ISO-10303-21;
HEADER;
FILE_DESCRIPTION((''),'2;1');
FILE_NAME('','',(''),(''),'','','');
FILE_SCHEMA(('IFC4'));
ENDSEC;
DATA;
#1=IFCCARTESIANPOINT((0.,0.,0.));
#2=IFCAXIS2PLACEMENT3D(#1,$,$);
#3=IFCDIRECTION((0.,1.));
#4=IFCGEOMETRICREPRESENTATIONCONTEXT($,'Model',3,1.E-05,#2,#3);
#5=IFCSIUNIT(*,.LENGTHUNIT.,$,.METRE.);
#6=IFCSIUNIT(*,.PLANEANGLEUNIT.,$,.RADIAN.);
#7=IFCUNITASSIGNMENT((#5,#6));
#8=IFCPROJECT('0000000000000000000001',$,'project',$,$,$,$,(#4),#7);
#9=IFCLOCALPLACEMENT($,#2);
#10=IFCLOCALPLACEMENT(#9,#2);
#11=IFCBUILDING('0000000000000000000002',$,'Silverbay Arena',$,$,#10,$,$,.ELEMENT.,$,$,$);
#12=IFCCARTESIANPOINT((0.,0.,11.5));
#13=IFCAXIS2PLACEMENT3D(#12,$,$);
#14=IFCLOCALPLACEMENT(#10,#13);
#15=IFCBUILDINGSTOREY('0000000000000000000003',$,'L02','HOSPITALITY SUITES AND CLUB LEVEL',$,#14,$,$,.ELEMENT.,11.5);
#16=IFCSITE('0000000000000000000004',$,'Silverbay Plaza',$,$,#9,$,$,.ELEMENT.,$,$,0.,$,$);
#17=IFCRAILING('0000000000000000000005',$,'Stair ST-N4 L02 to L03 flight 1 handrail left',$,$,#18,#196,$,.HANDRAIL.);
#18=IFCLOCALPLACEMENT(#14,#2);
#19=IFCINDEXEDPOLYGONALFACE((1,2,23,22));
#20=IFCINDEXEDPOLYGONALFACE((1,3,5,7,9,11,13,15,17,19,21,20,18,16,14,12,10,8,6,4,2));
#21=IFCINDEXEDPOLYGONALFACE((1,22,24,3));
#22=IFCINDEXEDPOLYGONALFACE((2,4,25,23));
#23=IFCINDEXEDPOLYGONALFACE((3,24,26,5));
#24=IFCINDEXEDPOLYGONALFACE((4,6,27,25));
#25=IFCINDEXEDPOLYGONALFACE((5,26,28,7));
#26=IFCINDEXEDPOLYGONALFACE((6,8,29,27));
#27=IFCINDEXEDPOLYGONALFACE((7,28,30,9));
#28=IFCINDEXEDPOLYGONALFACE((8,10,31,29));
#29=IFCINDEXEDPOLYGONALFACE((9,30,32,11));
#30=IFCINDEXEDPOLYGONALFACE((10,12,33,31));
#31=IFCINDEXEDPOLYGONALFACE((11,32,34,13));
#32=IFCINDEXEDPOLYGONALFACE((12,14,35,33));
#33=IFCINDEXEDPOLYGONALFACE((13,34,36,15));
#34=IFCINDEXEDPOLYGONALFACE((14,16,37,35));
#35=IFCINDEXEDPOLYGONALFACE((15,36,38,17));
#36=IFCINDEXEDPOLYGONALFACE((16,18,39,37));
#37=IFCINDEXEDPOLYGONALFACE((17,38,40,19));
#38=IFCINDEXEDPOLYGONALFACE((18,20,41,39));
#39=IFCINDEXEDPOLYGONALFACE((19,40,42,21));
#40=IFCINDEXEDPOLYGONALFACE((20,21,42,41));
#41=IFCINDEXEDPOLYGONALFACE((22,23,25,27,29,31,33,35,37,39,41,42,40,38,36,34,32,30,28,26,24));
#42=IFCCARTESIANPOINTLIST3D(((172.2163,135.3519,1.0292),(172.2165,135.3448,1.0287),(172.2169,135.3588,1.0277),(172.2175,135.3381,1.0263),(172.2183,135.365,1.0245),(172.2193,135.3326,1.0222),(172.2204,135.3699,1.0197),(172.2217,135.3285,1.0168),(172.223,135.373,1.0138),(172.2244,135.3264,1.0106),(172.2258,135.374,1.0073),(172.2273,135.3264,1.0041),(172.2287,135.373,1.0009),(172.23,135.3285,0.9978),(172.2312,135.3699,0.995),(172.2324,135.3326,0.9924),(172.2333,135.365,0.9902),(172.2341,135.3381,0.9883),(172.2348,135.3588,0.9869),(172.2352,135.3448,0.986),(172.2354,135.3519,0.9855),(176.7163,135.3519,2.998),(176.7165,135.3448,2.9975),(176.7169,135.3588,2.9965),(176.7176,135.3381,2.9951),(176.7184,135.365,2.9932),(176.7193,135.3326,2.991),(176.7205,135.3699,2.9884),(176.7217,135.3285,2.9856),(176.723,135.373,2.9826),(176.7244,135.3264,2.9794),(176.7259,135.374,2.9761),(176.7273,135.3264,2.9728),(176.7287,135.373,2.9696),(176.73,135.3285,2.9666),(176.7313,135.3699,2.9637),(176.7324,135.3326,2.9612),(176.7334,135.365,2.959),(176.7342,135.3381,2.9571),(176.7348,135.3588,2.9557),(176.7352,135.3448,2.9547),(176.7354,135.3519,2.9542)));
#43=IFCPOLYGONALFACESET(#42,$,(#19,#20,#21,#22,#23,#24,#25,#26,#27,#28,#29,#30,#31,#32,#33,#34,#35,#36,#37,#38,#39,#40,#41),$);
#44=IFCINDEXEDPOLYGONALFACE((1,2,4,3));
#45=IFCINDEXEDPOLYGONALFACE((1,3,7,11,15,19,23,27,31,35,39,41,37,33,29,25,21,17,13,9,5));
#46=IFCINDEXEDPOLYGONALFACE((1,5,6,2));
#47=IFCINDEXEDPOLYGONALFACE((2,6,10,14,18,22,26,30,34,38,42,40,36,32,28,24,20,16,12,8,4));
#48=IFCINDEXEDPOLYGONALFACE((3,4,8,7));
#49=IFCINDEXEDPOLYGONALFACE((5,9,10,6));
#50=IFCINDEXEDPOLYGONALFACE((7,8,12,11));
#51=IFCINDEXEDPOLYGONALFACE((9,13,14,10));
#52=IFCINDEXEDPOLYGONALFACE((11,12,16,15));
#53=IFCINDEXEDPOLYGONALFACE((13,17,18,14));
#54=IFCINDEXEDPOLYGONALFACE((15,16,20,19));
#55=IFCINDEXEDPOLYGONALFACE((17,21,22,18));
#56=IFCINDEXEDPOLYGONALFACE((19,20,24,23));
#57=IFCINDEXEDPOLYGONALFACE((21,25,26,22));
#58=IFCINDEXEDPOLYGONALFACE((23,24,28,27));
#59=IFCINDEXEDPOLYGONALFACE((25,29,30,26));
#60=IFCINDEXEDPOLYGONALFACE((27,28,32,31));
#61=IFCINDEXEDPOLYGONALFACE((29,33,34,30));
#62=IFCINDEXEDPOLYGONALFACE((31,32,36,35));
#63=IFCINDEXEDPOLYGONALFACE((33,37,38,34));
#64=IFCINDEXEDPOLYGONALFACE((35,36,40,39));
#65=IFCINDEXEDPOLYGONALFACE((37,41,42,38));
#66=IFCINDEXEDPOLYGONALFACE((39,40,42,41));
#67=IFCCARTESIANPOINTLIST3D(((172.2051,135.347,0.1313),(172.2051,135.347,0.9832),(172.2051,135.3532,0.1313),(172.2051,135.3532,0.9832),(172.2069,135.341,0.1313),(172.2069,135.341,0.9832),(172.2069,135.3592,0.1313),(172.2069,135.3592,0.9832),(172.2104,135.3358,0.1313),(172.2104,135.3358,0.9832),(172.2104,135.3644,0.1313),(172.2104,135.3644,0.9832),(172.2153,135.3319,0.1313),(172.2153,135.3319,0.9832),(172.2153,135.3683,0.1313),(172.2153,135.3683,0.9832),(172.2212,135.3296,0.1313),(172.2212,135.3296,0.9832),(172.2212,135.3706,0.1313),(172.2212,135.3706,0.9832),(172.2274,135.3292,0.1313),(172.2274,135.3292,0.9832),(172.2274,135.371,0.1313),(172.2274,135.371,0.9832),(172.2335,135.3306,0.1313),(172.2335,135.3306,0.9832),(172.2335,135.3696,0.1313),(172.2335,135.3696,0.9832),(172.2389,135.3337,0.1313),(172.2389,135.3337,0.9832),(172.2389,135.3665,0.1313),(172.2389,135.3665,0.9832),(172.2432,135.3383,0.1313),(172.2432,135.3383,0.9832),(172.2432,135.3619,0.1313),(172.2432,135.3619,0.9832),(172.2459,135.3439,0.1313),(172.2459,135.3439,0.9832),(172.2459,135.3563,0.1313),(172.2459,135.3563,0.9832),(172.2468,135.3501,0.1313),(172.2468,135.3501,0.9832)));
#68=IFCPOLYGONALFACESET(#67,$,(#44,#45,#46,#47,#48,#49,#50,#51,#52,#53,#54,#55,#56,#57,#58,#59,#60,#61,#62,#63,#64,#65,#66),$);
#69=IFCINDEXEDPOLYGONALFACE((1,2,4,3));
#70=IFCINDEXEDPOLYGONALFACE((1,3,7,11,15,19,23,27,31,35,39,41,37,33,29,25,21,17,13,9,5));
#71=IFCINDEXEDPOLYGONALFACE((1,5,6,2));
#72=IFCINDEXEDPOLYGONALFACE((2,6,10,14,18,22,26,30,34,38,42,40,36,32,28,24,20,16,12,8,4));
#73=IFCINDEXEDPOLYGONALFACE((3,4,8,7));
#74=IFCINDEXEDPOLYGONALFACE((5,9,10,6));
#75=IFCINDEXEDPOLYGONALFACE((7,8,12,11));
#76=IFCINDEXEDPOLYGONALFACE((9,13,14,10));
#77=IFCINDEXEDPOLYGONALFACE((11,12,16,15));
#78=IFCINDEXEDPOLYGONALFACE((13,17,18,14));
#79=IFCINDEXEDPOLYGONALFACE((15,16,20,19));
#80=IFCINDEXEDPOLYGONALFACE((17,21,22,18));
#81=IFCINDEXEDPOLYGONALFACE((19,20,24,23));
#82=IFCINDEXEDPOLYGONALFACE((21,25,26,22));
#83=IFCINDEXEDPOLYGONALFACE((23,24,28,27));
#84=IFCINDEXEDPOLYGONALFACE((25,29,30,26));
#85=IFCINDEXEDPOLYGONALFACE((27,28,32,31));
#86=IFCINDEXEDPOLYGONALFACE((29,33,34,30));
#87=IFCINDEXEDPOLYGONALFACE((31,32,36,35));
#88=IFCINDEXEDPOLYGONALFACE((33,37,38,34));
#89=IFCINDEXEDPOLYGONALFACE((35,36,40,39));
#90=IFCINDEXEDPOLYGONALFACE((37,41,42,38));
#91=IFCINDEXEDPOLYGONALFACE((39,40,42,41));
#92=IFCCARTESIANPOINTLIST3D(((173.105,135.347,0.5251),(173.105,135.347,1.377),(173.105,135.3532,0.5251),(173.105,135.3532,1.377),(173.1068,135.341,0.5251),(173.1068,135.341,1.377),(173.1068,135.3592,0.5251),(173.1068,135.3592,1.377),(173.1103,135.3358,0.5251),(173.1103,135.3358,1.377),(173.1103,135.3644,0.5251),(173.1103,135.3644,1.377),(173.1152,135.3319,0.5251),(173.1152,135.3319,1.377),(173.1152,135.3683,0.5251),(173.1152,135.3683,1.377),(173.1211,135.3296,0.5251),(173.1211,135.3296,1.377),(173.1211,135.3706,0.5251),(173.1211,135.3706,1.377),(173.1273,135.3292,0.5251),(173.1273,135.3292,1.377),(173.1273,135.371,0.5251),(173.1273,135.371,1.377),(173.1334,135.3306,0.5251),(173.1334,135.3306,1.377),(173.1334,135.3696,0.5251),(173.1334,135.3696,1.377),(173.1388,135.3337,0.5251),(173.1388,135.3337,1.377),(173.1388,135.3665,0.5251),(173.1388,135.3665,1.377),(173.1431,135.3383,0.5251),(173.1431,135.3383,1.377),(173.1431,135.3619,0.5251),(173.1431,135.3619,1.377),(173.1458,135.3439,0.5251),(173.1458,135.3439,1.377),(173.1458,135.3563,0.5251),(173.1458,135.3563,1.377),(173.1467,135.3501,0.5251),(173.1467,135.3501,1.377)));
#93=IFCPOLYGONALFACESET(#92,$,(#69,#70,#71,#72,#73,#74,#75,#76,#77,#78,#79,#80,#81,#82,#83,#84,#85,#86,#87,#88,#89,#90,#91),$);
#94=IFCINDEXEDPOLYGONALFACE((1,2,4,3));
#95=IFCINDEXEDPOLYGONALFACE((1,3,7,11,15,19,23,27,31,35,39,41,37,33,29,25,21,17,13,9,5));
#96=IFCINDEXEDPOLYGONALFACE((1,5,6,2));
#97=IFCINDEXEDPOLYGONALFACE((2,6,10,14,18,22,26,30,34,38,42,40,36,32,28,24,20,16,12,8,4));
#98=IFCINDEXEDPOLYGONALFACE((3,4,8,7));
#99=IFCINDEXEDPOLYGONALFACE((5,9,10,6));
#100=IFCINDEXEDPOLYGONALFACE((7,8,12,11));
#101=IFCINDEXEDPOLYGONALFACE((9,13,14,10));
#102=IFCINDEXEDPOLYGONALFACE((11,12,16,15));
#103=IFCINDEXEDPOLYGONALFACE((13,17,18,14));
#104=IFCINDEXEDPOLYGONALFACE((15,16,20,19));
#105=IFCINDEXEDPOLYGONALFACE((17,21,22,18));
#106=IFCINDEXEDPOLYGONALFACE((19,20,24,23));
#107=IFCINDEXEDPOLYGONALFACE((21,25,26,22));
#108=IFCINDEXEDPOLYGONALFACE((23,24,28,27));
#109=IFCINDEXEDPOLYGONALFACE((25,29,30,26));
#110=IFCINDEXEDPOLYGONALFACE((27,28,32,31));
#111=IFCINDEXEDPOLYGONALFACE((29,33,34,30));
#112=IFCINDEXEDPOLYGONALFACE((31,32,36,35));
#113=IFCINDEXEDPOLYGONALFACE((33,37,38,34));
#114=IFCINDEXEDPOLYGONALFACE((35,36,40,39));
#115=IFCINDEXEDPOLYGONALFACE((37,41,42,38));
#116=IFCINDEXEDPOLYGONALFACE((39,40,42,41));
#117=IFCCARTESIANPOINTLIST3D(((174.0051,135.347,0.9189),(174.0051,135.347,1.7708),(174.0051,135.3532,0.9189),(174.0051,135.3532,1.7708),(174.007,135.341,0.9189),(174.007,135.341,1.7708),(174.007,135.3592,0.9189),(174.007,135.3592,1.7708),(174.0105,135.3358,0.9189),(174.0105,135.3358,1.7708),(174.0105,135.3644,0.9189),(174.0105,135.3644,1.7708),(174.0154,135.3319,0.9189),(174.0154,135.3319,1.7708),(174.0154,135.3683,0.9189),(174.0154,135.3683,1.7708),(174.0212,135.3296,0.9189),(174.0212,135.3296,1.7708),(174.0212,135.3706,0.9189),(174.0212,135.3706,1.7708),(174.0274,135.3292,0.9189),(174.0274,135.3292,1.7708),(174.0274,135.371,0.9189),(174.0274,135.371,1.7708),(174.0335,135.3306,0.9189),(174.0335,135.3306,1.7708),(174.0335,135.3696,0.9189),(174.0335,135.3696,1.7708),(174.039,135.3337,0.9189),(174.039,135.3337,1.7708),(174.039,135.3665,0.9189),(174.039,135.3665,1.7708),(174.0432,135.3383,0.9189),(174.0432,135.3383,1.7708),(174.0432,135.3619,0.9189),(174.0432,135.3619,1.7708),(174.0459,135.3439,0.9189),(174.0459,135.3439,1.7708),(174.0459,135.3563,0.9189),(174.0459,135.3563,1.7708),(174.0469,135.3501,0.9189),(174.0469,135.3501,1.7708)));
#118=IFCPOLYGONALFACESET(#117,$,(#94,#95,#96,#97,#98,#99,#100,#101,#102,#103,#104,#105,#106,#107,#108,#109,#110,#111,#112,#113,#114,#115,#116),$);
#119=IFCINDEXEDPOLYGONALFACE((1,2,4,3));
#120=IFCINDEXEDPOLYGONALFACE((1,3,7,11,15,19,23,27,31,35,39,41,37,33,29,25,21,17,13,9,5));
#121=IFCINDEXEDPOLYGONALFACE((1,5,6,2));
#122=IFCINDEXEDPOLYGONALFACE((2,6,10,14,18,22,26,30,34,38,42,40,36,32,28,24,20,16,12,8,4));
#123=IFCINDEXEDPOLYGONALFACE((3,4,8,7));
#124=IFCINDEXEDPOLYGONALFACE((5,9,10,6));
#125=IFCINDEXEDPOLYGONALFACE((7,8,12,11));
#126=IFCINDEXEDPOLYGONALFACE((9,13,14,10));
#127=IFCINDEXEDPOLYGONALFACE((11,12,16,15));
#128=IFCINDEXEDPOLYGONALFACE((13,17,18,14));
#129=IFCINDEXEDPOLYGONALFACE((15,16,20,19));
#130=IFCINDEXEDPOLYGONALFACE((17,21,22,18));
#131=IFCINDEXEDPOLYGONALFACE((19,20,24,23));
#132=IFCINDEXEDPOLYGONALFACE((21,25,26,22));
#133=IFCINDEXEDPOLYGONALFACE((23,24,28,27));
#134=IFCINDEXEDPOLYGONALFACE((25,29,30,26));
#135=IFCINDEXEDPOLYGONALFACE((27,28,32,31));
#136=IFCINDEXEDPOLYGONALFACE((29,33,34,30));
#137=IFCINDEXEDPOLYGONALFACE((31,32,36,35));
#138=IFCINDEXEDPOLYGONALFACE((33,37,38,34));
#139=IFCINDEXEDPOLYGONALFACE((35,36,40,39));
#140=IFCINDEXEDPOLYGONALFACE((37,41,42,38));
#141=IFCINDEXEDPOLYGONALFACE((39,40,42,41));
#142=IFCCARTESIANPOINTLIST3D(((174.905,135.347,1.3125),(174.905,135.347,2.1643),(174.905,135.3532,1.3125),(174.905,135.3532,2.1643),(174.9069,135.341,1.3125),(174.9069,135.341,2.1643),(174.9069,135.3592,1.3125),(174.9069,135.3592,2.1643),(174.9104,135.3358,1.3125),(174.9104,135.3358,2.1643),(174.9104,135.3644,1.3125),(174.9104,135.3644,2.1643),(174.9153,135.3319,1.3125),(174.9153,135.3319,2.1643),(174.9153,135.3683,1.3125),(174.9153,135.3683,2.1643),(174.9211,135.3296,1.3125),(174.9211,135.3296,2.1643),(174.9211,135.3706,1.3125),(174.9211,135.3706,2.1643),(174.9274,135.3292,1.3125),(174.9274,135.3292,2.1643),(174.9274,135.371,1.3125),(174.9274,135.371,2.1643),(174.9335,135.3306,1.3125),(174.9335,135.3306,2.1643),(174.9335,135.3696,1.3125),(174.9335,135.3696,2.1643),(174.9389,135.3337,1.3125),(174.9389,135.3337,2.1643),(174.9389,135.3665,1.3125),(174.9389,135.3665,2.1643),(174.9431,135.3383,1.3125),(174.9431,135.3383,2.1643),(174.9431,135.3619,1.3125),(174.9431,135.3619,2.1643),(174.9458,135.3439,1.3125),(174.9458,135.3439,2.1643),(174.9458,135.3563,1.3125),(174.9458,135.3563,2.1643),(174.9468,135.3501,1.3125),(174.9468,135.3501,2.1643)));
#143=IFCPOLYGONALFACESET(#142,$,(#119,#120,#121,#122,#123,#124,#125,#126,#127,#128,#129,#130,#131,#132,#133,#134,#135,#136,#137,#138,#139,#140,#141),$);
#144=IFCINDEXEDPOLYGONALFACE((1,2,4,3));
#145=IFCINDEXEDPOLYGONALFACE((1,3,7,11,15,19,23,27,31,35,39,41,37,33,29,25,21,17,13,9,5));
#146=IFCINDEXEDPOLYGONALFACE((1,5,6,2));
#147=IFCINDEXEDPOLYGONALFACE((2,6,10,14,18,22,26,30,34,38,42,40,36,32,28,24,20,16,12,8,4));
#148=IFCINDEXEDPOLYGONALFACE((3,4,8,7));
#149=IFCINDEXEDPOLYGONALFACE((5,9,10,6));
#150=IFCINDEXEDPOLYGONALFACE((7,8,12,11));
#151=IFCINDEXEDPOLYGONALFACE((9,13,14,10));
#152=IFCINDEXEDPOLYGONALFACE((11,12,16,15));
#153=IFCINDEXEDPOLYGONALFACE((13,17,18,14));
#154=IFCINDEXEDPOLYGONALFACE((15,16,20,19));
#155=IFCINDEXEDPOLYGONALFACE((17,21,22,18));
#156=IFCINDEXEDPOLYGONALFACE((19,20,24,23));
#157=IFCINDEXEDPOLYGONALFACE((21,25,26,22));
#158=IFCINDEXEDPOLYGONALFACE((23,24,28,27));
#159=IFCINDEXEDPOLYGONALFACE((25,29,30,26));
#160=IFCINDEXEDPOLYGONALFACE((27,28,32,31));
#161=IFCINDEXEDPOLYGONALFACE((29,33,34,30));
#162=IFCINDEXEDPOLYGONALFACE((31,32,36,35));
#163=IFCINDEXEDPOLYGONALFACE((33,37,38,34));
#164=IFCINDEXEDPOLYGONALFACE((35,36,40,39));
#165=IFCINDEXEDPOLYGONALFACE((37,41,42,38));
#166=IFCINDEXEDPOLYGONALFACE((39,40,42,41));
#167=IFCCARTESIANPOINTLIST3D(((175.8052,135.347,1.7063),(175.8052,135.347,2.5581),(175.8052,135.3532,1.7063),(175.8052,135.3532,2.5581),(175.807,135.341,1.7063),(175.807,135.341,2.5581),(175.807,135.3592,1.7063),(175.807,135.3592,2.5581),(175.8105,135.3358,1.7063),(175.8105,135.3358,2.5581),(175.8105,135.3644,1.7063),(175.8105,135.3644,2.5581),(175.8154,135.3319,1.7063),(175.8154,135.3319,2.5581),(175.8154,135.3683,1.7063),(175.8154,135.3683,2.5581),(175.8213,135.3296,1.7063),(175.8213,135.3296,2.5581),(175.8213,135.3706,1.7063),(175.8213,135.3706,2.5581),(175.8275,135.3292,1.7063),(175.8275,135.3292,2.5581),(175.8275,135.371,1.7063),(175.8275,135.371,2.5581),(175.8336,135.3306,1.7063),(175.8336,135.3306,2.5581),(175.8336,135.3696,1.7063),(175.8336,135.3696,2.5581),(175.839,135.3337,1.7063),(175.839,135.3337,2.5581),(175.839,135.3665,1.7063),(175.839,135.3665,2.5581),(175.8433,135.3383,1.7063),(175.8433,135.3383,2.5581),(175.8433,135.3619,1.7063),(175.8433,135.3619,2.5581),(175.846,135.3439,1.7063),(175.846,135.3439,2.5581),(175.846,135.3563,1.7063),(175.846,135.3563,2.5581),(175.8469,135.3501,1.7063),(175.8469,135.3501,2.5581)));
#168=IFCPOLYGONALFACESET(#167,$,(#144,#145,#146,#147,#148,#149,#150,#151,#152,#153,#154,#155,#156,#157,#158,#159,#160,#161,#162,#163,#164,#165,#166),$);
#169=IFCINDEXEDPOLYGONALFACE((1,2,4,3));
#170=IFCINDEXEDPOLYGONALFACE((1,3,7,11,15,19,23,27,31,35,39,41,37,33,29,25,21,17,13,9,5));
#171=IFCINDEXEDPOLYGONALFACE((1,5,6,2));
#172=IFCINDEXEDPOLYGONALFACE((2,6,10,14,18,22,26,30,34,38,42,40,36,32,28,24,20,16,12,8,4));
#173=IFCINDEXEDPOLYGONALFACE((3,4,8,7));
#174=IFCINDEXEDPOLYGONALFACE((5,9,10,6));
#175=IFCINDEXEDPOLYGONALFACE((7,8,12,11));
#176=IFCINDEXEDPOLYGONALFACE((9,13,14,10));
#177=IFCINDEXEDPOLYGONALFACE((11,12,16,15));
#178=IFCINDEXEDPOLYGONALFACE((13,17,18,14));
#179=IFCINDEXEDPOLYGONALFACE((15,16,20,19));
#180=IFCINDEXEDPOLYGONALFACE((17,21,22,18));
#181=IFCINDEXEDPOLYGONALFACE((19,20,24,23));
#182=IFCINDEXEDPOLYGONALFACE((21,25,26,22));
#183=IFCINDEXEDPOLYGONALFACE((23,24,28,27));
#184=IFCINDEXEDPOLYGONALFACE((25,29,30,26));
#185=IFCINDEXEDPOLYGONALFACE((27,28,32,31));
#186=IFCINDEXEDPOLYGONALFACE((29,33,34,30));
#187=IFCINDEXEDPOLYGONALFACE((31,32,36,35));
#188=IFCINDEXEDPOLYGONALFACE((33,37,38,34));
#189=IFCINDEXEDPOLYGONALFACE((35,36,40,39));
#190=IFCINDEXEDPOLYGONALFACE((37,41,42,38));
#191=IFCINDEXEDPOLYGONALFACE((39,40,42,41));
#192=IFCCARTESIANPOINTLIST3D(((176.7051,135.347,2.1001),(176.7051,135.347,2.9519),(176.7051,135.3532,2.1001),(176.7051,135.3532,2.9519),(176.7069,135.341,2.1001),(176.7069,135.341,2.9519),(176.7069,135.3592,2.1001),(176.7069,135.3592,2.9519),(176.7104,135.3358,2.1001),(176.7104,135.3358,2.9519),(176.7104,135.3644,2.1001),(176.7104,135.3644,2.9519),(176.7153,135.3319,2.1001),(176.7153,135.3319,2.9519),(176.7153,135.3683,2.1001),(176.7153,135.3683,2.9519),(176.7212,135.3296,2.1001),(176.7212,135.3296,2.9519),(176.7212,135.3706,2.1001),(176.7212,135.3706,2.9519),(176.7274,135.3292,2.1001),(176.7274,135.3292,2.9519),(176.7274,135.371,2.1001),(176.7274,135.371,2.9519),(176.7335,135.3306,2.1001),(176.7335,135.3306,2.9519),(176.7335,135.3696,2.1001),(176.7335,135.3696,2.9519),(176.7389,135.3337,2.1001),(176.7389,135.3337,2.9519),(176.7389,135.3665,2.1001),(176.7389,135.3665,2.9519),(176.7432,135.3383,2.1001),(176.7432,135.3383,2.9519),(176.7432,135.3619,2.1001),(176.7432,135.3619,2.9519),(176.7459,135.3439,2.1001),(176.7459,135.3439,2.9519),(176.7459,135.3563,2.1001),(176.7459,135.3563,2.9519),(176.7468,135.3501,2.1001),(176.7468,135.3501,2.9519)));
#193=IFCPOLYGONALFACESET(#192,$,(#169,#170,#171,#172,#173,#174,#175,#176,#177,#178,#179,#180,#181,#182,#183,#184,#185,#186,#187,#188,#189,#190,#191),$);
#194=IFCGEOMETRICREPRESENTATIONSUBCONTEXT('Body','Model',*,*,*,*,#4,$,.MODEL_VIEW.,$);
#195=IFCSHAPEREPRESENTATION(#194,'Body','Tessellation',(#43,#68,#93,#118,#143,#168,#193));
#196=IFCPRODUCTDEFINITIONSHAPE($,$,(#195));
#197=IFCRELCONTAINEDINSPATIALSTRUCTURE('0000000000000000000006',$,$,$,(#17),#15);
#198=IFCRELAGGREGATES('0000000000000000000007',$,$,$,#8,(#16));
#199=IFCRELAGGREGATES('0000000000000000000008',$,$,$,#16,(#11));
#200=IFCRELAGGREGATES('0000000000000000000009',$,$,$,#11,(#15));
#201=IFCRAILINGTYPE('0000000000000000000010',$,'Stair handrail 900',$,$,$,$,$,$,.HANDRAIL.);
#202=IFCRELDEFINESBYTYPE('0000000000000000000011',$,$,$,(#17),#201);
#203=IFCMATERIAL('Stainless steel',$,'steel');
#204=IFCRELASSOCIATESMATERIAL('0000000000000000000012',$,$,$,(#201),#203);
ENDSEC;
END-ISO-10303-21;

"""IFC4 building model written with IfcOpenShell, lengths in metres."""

from ifc_helpers import new_model, si_unit, direction, frame, origin, origin_2d, place, context, subcontext, project, spatial, circle, extrude, material, type_object, element, save


model = new_model("IFC4")

# Units and contexts
model_context = context("Model", 3, precision=1e-05, world=origin(), true_north=direction((0.0, 1.0)))
body_context = subcontext(model_context, "Body", "Model", "MODEL_VIEW")
ifc_project = project(units=[si_unit("LENGTHUNIT", "METRE"), si_unit("PLANEANGLEUNIT", "RADIAN")], contexts=[model_context])

# Site, building, storey
site_placement = place(None, origin())
site = spatial("IfcSite", under=ifc_project, at=site_placement, Name="Silverbay Plaza", CompositionType="ELEMENT", RefElevation=0.0)
building_placement = place(site_placement, origin())
building = spatial("IfcBuilding", under=site, at=building_placement, Name="Silverbay Arena", CompositionType="ELEMENT")
storey_placement = place(building_placement, frame((0.0, 0.0, 11.5)))
storey = spatial("IfcBuildingStorey", under=building, at=storey_placement, Name="L02", Description="HOSPITALITY SUITES AND CLUB LEVEL", CompositionType="ELEMENT", Elevation=11.5)

# Railing
ifc_material_1 = material(Name="Stainless steel", Category="steel")
railing_type = type_object("IfcRailingType", Name="Stair handrail 900", PredefinedType="HANDRAIL", material=ifc_material_1)
railing_1_placement = place(storey_placement, frame((172.2258, 135.3501, 0.1313)))
element("IfcRailing", 1, at=railing_1_placement, inside=storey, type_object=railing_type, Name="Stair ST-N4 L02 to L03 flight 1 handrail left", PredefinedType="HANDRAIL", context=body_context, shape_type="SweptSolid", body=[
    extrude(circle(Radius=0.0239, at=origin_2d()), frame((0.0, 0.0, 0.876), z_axis=(0.916157, 0.0, 0.400819), x_axis=(0.0, 1.0, 0.0)), (0.0, 0.0, 1.0), 4.9119),
    extrude(circle(Radius=0.021, at=origin_2d()), origin(), (0.0, 0.0, 1.0), 0.8518),
    extrude(circle(Radius=0.021, at=origin_2d()), frame((0.8999, 0.0, 0.3938)), (0.0, 0.0, 1.0), 0.8518),
    extrude(circle(Radius=0.021, at=origin_2d()), frame((1.8, 0.0, 0.7876)), (0.0, 0.0, 1.0), 0.8518),
    extrude(circle(Radius=0.021, at=origin_2d()), frame((2.7, 0.0, 1.1812)), (0.0, 0.0, 1.0), 0.8518),
    extrude(circle(Radius=0.021, at=origin_2d()), frame((3.6001, 0.0, 1.575)), (0.0, 0.0, 1.0), 0.8518),
    extrude(circle(Radius=0.021, at=origin_2d()), frame((4.5, 0.0, 1.9688)), (0.0, 0.0, 1.0), 0.8518),
])

save(model, "model.ifc")
